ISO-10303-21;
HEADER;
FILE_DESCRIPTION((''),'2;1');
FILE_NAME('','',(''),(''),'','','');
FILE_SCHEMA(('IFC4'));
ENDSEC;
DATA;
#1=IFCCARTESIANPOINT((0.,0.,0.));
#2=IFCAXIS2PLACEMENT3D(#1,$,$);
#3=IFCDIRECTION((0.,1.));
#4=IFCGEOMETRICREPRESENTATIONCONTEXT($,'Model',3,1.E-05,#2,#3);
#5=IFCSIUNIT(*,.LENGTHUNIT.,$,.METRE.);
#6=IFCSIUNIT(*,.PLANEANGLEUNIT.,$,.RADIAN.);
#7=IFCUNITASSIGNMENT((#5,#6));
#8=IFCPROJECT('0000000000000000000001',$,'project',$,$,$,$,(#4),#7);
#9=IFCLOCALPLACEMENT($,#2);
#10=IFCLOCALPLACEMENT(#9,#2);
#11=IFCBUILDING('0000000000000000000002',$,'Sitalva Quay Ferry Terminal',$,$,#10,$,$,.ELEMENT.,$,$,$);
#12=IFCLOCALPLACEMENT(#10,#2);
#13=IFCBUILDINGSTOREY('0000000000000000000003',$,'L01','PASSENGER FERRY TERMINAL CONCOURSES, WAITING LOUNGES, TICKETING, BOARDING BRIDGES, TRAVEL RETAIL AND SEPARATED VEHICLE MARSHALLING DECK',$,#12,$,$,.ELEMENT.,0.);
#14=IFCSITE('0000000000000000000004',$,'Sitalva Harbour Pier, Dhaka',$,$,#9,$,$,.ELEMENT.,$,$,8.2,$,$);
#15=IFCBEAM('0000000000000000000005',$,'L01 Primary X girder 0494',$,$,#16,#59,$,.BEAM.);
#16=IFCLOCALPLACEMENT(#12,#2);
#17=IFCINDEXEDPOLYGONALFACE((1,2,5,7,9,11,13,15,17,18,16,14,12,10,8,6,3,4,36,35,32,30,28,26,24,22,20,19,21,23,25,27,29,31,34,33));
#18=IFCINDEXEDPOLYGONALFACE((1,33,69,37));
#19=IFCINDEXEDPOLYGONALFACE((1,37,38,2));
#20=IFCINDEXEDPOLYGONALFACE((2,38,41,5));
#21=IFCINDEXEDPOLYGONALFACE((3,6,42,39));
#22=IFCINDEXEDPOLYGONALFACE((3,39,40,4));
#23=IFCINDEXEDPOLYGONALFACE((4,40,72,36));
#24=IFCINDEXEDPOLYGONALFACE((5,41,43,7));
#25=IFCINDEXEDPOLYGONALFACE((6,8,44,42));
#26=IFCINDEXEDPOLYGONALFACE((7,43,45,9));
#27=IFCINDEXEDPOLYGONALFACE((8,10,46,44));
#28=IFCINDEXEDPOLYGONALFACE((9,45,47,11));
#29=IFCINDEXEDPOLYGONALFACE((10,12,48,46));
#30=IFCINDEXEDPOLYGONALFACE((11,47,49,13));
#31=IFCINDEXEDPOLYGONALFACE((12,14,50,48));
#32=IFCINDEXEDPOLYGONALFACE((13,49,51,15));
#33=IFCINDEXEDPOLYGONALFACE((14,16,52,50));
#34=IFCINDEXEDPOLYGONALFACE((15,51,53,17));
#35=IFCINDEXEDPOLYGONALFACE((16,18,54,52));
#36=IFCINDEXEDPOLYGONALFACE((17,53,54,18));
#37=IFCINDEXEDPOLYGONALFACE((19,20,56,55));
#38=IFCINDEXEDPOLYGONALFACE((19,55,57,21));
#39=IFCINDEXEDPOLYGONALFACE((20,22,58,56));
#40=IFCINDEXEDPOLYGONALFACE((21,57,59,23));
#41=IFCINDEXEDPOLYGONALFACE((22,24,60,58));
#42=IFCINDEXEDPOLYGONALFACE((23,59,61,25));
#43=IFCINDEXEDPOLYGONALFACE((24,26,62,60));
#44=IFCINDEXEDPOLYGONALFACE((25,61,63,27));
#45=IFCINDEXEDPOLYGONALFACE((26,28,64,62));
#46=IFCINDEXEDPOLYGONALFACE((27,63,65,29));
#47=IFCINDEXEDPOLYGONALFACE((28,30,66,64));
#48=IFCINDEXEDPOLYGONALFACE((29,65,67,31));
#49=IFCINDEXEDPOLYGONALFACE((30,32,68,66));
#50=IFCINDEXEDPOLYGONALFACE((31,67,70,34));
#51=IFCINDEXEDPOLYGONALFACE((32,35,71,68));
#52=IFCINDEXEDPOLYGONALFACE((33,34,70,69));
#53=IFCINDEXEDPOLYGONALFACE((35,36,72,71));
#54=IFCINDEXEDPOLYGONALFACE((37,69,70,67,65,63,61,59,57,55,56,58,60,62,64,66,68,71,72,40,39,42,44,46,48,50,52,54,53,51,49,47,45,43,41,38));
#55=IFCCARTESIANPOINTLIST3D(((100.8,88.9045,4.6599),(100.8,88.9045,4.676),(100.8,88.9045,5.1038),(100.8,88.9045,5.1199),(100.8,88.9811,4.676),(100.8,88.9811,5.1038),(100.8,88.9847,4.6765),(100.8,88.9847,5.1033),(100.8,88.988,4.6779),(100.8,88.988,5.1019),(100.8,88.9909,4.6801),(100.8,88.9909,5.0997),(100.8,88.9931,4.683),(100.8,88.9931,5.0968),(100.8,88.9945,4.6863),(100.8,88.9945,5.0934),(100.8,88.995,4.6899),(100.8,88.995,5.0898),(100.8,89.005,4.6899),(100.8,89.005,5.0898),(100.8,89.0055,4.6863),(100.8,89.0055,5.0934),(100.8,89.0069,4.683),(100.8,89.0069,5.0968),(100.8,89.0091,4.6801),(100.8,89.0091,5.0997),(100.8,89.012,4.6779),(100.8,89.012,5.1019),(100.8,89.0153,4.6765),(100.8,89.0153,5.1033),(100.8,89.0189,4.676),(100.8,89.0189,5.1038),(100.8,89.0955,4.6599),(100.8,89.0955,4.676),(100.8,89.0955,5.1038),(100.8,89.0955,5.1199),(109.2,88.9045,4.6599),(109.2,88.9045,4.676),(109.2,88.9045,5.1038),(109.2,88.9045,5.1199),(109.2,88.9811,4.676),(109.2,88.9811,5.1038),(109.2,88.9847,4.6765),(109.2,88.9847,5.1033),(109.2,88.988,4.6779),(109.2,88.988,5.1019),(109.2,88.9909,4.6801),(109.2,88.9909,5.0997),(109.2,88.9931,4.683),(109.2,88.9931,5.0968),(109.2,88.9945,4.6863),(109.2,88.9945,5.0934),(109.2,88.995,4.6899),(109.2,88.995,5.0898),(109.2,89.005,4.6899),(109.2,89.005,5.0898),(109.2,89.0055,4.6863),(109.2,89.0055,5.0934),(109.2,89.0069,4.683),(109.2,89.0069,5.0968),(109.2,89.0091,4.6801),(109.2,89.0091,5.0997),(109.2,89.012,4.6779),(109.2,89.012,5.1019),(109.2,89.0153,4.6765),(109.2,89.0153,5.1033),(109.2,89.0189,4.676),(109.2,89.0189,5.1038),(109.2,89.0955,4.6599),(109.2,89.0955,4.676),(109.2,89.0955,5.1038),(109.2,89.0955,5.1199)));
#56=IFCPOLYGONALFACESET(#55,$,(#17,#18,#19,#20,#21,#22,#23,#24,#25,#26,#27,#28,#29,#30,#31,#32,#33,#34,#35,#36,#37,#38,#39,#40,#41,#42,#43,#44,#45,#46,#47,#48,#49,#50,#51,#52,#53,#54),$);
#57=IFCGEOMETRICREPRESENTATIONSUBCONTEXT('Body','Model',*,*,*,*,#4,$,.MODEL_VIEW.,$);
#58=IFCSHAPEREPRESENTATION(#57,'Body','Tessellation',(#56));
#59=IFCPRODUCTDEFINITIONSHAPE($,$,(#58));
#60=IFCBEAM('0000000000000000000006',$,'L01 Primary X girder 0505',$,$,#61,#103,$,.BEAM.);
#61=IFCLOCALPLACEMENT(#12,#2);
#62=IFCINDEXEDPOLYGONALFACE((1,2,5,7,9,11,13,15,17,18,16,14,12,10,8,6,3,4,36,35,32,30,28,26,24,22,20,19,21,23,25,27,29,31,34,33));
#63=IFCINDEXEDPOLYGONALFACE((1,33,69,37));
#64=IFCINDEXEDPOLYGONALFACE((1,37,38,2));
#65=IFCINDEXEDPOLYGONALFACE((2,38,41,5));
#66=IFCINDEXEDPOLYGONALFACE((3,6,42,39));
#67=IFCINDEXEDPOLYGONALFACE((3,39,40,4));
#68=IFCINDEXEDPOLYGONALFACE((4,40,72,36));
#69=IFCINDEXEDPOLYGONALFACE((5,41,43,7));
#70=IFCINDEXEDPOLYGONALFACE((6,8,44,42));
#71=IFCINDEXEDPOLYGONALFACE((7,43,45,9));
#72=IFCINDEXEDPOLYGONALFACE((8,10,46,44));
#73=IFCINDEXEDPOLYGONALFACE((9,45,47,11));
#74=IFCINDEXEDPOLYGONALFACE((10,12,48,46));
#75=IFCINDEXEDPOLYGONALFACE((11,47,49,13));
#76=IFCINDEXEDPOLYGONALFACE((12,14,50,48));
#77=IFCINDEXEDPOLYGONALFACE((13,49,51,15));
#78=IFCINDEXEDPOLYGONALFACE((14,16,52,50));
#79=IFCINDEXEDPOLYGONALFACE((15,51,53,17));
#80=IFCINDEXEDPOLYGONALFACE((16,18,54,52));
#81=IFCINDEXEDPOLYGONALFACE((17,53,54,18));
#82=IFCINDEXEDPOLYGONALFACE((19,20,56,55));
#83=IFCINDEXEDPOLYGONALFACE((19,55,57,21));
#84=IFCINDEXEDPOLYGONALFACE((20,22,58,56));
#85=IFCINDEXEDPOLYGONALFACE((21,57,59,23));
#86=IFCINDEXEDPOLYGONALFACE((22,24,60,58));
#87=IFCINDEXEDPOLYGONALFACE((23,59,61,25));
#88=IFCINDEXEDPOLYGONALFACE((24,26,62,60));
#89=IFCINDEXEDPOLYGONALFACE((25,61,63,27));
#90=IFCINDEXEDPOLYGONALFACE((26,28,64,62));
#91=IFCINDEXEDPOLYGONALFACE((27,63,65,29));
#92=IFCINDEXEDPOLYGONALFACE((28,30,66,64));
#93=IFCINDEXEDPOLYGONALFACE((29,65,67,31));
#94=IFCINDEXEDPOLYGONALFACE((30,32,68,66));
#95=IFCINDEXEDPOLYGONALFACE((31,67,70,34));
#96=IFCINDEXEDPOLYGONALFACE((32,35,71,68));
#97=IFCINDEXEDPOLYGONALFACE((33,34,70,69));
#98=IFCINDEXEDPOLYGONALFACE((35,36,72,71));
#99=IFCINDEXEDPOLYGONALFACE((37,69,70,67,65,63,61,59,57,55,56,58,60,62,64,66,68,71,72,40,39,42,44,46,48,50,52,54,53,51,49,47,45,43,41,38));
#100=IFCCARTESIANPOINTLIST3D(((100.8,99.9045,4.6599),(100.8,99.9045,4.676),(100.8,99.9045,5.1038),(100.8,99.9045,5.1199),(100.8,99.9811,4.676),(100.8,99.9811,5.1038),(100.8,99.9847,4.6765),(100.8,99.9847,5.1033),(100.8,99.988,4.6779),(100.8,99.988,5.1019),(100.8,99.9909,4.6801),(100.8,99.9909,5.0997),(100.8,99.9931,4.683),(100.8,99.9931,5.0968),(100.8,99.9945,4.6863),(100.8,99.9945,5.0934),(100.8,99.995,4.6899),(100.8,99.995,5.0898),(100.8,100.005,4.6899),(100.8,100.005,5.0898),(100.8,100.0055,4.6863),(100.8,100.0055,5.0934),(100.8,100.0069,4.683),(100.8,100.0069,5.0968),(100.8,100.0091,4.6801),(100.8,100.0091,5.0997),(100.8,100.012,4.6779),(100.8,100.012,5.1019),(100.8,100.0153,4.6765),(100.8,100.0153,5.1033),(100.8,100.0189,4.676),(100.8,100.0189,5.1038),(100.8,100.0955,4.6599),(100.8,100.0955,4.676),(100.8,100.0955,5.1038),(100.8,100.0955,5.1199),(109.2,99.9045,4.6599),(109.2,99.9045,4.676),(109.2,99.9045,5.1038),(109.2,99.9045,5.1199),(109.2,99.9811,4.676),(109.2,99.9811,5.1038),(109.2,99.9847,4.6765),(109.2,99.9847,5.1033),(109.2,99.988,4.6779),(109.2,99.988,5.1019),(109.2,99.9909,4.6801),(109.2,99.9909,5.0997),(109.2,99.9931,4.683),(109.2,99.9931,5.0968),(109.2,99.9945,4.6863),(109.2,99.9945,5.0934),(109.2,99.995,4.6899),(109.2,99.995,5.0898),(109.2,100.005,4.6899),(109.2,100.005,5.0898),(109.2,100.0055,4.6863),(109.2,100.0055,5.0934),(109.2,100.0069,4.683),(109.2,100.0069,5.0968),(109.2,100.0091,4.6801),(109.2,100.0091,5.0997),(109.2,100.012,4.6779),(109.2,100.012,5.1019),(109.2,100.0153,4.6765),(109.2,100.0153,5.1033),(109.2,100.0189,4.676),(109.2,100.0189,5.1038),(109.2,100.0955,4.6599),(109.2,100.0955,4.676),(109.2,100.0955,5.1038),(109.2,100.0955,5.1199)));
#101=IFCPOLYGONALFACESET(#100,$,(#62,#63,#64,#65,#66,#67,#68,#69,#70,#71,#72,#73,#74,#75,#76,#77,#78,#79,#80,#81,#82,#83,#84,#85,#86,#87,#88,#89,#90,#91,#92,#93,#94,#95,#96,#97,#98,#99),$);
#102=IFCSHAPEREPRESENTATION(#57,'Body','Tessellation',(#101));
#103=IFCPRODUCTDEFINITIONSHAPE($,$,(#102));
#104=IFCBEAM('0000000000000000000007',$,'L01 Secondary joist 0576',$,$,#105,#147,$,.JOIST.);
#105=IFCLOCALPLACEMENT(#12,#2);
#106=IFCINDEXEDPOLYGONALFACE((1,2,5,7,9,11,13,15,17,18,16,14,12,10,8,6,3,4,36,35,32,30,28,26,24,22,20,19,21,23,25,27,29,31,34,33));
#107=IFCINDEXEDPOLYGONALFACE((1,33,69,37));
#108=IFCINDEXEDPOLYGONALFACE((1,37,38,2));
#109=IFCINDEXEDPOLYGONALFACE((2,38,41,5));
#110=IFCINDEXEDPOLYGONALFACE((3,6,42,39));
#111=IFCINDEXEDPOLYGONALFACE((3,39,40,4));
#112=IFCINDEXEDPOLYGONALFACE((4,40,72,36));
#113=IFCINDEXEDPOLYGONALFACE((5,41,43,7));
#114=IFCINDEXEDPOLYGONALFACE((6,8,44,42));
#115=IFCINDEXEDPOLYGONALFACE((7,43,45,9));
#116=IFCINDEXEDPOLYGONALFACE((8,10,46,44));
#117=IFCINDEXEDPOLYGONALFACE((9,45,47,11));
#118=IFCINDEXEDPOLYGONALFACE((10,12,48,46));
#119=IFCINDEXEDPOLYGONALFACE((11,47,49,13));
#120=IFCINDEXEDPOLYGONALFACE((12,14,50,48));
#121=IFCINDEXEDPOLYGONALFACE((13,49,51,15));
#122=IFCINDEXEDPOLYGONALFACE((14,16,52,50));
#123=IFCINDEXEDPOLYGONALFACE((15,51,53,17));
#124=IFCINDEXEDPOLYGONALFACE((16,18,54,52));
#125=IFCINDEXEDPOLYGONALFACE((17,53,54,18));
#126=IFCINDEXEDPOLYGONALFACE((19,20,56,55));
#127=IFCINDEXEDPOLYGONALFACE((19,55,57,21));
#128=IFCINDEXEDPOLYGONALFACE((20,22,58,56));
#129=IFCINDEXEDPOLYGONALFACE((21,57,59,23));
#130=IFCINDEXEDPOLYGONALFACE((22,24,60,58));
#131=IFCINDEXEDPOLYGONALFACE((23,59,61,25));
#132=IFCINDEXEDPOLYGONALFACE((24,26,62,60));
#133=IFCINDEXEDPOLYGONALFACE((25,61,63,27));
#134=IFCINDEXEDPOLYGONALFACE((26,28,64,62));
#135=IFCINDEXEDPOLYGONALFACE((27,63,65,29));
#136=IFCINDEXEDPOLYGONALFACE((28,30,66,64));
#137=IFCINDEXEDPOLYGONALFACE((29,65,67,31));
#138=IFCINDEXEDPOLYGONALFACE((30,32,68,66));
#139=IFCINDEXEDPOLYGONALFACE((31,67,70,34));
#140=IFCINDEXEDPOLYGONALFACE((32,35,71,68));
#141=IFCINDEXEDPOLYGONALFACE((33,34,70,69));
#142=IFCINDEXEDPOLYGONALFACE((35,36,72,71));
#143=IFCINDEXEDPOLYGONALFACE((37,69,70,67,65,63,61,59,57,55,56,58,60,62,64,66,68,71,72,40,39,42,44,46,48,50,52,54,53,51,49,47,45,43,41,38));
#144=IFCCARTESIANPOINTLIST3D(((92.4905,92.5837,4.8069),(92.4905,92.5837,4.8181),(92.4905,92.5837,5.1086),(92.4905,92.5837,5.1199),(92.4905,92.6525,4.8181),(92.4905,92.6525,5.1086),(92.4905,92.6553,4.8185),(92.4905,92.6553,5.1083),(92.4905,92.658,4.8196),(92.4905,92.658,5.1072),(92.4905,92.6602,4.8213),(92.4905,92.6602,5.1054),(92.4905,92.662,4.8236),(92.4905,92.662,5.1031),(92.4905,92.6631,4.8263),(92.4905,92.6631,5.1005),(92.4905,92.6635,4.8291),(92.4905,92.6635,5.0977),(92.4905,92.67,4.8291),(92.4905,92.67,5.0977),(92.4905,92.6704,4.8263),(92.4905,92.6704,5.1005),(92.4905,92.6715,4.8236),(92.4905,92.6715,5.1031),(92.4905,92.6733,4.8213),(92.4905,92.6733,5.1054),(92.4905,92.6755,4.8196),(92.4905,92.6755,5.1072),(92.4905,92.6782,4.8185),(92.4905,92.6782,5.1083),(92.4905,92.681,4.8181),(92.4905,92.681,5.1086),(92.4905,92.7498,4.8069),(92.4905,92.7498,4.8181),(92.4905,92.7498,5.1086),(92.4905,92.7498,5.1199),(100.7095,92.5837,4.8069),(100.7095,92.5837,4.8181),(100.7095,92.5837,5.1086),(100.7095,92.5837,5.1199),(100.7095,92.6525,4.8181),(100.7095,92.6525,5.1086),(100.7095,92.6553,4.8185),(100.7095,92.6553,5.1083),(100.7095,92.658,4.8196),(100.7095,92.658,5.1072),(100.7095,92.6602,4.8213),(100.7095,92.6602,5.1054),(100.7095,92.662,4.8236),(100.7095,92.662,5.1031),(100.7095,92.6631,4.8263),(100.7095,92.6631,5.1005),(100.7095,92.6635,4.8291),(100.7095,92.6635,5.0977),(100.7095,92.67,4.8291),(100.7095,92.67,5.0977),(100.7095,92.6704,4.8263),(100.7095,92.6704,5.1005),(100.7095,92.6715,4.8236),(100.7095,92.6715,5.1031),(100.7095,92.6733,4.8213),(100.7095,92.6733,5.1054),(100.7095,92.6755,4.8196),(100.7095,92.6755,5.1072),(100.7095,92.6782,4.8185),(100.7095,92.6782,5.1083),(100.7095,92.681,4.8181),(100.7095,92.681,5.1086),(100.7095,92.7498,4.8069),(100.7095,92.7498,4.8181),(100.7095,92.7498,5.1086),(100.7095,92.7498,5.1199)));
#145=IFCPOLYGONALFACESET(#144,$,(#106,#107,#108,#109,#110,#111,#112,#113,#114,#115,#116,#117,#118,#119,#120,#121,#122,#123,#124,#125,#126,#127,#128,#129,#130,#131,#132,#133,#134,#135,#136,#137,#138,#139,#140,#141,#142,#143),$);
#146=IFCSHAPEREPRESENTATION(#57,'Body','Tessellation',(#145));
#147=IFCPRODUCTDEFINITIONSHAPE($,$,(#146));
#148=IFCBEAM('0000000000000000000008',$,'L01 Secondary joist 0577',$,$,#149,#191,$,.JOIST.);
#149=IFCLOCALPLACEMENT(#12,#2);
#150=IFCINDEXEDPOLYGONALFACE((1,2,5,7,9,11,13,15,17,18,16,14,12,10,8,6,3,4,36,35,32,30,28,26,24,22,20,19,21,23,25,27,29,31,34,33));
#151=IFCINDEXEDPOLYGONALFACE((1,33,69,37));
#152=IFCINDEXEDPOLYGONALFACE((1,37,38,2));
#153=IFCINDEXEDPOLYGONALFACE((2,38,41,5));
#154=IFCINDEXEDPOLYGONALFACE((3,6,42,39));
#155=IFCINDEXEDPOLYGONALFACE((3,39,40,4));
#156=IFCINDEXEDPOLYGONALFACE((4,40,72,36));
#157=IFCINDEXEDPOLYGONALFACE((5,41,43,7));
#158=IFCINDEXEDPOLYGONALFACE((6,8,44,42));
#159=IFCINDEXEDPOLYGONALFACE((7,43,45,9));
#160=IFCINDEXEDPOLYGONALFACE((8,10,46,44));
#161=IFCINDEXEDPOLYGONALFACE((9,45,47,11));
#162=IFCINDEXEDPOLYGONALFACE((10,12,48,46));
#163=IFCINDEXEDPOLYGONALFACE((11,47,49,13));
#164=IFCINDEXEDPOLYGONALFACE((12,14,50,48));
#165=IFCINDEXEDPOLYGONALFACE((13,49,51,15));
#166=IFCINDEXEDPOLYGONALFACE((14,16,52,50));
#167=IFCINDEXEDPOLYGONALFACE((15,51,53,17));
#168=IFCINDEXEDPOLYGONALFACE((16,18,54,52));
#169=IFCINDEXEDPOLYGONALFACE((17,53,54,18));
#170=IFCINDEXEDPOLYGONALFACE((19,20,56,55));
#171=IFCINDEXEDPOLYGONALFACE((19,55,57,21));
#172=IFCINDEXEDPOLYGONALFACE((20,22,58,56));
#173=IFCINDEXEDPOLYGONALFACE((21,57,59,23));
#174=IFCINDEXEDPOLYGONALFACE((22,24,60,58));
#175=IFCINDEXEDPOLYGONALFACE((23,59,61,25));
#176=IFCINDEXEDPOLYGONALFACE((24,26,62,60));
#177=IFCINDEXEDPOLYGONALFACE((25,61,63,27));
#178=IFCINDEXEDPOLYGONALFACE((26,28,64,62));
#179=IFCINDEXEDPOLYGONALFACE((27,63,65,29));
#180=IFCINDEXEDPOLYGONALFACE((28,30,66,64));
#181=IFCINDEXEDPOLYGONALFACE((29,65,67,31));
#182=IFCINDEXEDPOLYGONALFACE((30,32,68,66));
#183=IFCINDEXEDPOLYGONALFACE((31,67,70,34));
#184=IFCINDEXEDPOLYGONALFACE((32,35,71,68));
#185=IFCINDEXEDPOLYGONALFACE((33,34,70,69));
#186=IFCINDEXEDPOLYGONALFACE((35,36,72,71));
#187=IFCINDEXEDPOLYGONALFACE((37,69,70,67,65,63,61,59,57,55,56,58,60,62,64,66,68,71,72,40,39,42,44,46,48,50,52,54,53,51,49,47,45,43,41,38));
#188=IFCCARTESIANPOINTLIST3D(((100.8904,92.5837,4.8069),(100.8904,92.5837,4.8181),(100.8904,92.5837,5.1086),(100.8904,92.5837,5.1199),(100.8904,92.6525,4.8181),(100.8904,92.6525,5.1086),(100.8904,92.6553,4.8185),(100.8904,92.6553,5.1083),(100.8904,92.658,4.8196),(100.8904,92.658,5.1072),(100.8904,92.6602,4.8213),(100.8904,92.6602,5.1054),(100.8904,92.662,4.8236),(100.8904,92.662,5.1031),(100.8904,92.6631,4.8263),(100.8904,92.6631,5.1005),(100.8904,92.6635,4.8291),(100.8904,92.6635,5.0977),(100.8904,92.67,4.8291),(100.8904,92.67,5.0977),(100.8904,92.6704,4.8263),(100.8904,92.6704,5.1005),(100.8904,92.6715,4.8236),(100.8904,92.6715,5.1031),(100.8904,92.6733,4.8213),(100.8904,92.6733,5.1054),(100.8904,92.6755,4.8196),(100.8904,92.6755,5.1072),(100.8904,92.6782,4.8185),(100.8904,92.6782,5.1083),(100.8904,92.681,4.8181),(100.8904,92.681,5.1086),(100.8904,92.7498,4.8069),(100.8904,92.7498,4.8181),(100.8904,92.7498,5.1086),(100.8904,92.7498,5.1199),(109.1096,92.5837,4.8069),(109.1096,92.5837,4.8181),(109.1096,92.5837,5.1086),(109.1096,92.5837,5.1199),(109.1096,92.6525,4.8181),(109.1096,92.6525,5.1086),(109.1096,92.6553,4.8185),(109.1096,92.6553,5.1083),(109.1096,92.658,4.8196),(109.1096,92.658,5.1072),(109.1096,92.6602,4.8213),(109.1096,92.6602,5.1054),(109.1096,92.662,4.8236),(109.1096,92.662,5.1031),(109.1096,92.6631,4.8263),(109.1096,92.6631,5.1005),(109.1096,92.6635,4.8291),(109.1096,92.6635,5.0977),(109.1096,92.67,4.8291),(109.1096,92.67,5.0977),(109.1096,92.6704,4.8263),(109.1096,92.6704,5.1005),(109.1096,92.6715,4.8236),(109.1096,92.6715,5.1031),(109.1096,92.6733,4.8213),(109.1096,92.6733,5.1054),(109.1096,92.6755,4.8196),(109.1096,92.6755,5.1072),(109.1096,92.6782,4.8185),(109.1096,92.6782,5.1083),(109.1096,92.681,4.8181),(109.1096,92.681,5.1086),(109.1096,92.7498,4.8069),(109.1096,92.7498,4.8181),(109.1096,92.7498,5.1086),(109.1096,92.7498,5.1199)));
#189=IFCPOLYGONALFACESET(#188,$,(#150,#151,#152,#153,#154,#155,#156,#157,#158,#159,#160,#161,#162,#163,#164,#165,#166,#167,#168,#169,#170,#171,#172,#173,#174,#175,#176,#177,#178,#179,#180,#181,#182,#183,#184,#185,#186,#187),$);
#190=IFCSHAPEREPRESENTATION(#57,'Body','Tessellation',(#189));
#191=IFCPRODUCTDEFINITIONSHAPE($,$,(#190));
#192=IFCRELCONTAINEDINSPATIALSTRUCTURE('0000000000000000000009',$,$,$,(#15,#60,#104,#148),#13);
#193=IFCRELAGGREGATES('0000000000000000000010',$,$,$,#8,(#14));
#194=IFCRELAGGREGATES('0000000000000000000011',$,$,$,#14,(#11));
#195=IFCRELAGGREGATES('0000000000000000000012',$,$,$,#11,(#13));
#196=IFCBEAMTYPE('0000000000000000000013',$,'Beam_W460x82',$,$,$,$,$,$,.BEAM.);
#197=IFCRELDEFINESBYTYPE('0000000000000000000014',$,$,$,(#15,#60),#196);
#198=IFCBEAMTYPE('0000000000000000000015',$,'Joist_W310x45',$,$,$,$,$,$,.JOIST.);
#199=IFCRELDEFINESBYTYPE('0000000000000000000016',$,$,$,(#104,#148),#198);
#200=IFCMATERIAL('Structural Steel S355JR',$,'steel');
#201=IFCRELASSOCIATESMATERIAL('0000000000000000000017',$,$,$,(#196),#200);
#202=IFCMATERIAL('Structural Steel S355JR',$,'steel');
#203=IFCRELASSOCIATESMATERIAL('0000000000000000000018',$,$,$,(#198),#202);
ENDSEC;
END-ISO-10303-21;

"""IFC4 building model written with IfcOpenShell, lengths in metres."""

from ifc_helpers import new_model, si_unit, direction, frame, origin, origin_2d, place, context, subcontext, project, spatial, i_section, extrude, material, material_profile, profile_set, type_object, element, save


model = new_model("IFC4")

# Units and contexts
model_context = context("Model", 3, precision=1e-05, world=origin(), true_north=direction((0.0, 1.0)))
body_context = subcontext(model_context, "Body", "Model", "MODEL_VIEW")
ifc_project = project(units=[si_unit("LENGTHUNIT", "METRE"), si_unit("PLANEANGLEUNIT", "RADIAN")], contexts=[model_context])

# Site, building, storey
site_placement = place(None, origin())
site = spatial("IfcSite", under=ifc_project, at=site_placement, Name="Sitalva Harbour Pier, Dhaka", CompositionType="ELEMENT", RefElevation=8.2)
building_placement = place(site_placement, origin())
building = spatial("IfcBuilding", under=site, at=building_placement, Name="Sitalva Quay Ferry Terminal", CompositionType="ELEMENT")
storey_placement = place(building_placement, origin())
storey = spatial("IfcBuildingStorey", under=building, at=storey_placement, Name="L01", Description="PASSENGER FERRY TERMINAL CONCOURSES, WAITING LOUNGES, TICKETING, BOARDING BRIDGES, TRAVEL RETAIL AND SEPARATED VEHICLE MARSHALLING DECK", CompositionType="ELEMENT", Elevation=0.0)

# Beams
ifc_material_1 = material(Name="Structural Steel S355JR", Category="steel")
ifc_material_profile_1 = material_profile(ifc_material_1, i_section(OverallWidth=0.1909, OverallDepth=0.46, WebThickness=0.01, FlangeThickness=0.0161, FilletRadius=0.0139, at=origin_2d()), Name="W460x82")
ifc_profile_set_1 = profile_set([ifc_material_profile_1], Name="Structural Steel S355JR")
beam_type_1 = type_object("IfcBeamType", Name="Beam_W460x82", PredefinedType="BEAM", material=ifc_profile_set_1)
for number, where, z_axis, x_axis, name in (
    (1, (100.8, 89.0, 4.8899), (1.0, 0.0, 0.0), (0.0, 1.0, 0.0), "L01 Primary X girder 0494"),
    (2, (100.8, 100.0, 4.8899), (1.0, 0.0, 0.0), (0.0, 1.0, 0.0), "L01 Primary X girder 0505"),
):
    element("IfcBeam", number, at=place(storey_placement, frame(where, z_axis=z_axis, x_axis=x_axis)), inside=storey, type_object=beam_type_1, Name=name, PredefinedType="BEAM", context=body_context, shape_type="SweptSolid", body=[
        extrude(i_section(OverallWidth=0.1909, OverallDepth=0.46, WebThickness=0.01, FlangeThickness=0.0161, FilletRadius=0.0139, at=origin_2d()), origin(), (0.0, 0.0, 1.0), 8.3999),
    ])
ifc_material_2 = material(Name="Structural Steel S355JR", Category="steel")
ifc_material_profile_2 = material_profile(ifc_material_2, i_section(OverallWidth=0.166, OverallDepth=0.313, WebThickness=0.0066, FlangeThickness=0.0112, FilletRadius=0.011, at=origin_2d()), Name="W310x45")
ifc_profile_set_2 = profile_set([ifc_material_profile_2], Name="Structural Steel S355JR")
beam_type_2 = type_object("IfcBeamType", Name="Joist_W310x45", PredefinedType="JOIST", material=ifc_profile_set_2)
beam_1_placement = place(storey_placement, frame((92.4905, 92.6667, 4.9634), z_axis=(1.0, 0.0, 0.0), x_axis=(0.0, 1.0, 0.0)))
element("IfcBeam", 3, at=beam_1_placement, inside=storey, type_object=beam_type_2, Name="L01 Secondary joist 0576", PredefinedType="JOIST", context=body_context, shape_type="SweptSolid", body=[
    extrude(i_section(OverallWidth=0.166, OverallDepth=0.313, WebThickness=0.0066, FlangeThickness=0.0112, FilletRadius=0.011, at=origin_2d()), origin(), (0.0, 0.0, 1.0), 8.219),
])
beam_2_placement = place(storey_placement, frame((100.8904, 92.6667, 4.9634), z_axis=(1.0, 0.0, 0.0), x_axis=(0.0, 1.0, 0.0)))
element("IfcBeam", 4, at=beam_2_placement, inside=storey, type_object=beam_type_2, Name="L01 Secondary joist 0577", PredefinedType="JOIST", context=body_context, shape_type="SweptSolid", body=[
    extrude(i_section(OverallWidth=0.166, OverallDepth=0.313, WebThickness=0.0066, FlangeThickness=0.0112, FilletRadius=0.011, at=origin_2d()), origin(), (0.0, 0.0, 1.0), 8.2192),
])

save(model, "model.ifc")
